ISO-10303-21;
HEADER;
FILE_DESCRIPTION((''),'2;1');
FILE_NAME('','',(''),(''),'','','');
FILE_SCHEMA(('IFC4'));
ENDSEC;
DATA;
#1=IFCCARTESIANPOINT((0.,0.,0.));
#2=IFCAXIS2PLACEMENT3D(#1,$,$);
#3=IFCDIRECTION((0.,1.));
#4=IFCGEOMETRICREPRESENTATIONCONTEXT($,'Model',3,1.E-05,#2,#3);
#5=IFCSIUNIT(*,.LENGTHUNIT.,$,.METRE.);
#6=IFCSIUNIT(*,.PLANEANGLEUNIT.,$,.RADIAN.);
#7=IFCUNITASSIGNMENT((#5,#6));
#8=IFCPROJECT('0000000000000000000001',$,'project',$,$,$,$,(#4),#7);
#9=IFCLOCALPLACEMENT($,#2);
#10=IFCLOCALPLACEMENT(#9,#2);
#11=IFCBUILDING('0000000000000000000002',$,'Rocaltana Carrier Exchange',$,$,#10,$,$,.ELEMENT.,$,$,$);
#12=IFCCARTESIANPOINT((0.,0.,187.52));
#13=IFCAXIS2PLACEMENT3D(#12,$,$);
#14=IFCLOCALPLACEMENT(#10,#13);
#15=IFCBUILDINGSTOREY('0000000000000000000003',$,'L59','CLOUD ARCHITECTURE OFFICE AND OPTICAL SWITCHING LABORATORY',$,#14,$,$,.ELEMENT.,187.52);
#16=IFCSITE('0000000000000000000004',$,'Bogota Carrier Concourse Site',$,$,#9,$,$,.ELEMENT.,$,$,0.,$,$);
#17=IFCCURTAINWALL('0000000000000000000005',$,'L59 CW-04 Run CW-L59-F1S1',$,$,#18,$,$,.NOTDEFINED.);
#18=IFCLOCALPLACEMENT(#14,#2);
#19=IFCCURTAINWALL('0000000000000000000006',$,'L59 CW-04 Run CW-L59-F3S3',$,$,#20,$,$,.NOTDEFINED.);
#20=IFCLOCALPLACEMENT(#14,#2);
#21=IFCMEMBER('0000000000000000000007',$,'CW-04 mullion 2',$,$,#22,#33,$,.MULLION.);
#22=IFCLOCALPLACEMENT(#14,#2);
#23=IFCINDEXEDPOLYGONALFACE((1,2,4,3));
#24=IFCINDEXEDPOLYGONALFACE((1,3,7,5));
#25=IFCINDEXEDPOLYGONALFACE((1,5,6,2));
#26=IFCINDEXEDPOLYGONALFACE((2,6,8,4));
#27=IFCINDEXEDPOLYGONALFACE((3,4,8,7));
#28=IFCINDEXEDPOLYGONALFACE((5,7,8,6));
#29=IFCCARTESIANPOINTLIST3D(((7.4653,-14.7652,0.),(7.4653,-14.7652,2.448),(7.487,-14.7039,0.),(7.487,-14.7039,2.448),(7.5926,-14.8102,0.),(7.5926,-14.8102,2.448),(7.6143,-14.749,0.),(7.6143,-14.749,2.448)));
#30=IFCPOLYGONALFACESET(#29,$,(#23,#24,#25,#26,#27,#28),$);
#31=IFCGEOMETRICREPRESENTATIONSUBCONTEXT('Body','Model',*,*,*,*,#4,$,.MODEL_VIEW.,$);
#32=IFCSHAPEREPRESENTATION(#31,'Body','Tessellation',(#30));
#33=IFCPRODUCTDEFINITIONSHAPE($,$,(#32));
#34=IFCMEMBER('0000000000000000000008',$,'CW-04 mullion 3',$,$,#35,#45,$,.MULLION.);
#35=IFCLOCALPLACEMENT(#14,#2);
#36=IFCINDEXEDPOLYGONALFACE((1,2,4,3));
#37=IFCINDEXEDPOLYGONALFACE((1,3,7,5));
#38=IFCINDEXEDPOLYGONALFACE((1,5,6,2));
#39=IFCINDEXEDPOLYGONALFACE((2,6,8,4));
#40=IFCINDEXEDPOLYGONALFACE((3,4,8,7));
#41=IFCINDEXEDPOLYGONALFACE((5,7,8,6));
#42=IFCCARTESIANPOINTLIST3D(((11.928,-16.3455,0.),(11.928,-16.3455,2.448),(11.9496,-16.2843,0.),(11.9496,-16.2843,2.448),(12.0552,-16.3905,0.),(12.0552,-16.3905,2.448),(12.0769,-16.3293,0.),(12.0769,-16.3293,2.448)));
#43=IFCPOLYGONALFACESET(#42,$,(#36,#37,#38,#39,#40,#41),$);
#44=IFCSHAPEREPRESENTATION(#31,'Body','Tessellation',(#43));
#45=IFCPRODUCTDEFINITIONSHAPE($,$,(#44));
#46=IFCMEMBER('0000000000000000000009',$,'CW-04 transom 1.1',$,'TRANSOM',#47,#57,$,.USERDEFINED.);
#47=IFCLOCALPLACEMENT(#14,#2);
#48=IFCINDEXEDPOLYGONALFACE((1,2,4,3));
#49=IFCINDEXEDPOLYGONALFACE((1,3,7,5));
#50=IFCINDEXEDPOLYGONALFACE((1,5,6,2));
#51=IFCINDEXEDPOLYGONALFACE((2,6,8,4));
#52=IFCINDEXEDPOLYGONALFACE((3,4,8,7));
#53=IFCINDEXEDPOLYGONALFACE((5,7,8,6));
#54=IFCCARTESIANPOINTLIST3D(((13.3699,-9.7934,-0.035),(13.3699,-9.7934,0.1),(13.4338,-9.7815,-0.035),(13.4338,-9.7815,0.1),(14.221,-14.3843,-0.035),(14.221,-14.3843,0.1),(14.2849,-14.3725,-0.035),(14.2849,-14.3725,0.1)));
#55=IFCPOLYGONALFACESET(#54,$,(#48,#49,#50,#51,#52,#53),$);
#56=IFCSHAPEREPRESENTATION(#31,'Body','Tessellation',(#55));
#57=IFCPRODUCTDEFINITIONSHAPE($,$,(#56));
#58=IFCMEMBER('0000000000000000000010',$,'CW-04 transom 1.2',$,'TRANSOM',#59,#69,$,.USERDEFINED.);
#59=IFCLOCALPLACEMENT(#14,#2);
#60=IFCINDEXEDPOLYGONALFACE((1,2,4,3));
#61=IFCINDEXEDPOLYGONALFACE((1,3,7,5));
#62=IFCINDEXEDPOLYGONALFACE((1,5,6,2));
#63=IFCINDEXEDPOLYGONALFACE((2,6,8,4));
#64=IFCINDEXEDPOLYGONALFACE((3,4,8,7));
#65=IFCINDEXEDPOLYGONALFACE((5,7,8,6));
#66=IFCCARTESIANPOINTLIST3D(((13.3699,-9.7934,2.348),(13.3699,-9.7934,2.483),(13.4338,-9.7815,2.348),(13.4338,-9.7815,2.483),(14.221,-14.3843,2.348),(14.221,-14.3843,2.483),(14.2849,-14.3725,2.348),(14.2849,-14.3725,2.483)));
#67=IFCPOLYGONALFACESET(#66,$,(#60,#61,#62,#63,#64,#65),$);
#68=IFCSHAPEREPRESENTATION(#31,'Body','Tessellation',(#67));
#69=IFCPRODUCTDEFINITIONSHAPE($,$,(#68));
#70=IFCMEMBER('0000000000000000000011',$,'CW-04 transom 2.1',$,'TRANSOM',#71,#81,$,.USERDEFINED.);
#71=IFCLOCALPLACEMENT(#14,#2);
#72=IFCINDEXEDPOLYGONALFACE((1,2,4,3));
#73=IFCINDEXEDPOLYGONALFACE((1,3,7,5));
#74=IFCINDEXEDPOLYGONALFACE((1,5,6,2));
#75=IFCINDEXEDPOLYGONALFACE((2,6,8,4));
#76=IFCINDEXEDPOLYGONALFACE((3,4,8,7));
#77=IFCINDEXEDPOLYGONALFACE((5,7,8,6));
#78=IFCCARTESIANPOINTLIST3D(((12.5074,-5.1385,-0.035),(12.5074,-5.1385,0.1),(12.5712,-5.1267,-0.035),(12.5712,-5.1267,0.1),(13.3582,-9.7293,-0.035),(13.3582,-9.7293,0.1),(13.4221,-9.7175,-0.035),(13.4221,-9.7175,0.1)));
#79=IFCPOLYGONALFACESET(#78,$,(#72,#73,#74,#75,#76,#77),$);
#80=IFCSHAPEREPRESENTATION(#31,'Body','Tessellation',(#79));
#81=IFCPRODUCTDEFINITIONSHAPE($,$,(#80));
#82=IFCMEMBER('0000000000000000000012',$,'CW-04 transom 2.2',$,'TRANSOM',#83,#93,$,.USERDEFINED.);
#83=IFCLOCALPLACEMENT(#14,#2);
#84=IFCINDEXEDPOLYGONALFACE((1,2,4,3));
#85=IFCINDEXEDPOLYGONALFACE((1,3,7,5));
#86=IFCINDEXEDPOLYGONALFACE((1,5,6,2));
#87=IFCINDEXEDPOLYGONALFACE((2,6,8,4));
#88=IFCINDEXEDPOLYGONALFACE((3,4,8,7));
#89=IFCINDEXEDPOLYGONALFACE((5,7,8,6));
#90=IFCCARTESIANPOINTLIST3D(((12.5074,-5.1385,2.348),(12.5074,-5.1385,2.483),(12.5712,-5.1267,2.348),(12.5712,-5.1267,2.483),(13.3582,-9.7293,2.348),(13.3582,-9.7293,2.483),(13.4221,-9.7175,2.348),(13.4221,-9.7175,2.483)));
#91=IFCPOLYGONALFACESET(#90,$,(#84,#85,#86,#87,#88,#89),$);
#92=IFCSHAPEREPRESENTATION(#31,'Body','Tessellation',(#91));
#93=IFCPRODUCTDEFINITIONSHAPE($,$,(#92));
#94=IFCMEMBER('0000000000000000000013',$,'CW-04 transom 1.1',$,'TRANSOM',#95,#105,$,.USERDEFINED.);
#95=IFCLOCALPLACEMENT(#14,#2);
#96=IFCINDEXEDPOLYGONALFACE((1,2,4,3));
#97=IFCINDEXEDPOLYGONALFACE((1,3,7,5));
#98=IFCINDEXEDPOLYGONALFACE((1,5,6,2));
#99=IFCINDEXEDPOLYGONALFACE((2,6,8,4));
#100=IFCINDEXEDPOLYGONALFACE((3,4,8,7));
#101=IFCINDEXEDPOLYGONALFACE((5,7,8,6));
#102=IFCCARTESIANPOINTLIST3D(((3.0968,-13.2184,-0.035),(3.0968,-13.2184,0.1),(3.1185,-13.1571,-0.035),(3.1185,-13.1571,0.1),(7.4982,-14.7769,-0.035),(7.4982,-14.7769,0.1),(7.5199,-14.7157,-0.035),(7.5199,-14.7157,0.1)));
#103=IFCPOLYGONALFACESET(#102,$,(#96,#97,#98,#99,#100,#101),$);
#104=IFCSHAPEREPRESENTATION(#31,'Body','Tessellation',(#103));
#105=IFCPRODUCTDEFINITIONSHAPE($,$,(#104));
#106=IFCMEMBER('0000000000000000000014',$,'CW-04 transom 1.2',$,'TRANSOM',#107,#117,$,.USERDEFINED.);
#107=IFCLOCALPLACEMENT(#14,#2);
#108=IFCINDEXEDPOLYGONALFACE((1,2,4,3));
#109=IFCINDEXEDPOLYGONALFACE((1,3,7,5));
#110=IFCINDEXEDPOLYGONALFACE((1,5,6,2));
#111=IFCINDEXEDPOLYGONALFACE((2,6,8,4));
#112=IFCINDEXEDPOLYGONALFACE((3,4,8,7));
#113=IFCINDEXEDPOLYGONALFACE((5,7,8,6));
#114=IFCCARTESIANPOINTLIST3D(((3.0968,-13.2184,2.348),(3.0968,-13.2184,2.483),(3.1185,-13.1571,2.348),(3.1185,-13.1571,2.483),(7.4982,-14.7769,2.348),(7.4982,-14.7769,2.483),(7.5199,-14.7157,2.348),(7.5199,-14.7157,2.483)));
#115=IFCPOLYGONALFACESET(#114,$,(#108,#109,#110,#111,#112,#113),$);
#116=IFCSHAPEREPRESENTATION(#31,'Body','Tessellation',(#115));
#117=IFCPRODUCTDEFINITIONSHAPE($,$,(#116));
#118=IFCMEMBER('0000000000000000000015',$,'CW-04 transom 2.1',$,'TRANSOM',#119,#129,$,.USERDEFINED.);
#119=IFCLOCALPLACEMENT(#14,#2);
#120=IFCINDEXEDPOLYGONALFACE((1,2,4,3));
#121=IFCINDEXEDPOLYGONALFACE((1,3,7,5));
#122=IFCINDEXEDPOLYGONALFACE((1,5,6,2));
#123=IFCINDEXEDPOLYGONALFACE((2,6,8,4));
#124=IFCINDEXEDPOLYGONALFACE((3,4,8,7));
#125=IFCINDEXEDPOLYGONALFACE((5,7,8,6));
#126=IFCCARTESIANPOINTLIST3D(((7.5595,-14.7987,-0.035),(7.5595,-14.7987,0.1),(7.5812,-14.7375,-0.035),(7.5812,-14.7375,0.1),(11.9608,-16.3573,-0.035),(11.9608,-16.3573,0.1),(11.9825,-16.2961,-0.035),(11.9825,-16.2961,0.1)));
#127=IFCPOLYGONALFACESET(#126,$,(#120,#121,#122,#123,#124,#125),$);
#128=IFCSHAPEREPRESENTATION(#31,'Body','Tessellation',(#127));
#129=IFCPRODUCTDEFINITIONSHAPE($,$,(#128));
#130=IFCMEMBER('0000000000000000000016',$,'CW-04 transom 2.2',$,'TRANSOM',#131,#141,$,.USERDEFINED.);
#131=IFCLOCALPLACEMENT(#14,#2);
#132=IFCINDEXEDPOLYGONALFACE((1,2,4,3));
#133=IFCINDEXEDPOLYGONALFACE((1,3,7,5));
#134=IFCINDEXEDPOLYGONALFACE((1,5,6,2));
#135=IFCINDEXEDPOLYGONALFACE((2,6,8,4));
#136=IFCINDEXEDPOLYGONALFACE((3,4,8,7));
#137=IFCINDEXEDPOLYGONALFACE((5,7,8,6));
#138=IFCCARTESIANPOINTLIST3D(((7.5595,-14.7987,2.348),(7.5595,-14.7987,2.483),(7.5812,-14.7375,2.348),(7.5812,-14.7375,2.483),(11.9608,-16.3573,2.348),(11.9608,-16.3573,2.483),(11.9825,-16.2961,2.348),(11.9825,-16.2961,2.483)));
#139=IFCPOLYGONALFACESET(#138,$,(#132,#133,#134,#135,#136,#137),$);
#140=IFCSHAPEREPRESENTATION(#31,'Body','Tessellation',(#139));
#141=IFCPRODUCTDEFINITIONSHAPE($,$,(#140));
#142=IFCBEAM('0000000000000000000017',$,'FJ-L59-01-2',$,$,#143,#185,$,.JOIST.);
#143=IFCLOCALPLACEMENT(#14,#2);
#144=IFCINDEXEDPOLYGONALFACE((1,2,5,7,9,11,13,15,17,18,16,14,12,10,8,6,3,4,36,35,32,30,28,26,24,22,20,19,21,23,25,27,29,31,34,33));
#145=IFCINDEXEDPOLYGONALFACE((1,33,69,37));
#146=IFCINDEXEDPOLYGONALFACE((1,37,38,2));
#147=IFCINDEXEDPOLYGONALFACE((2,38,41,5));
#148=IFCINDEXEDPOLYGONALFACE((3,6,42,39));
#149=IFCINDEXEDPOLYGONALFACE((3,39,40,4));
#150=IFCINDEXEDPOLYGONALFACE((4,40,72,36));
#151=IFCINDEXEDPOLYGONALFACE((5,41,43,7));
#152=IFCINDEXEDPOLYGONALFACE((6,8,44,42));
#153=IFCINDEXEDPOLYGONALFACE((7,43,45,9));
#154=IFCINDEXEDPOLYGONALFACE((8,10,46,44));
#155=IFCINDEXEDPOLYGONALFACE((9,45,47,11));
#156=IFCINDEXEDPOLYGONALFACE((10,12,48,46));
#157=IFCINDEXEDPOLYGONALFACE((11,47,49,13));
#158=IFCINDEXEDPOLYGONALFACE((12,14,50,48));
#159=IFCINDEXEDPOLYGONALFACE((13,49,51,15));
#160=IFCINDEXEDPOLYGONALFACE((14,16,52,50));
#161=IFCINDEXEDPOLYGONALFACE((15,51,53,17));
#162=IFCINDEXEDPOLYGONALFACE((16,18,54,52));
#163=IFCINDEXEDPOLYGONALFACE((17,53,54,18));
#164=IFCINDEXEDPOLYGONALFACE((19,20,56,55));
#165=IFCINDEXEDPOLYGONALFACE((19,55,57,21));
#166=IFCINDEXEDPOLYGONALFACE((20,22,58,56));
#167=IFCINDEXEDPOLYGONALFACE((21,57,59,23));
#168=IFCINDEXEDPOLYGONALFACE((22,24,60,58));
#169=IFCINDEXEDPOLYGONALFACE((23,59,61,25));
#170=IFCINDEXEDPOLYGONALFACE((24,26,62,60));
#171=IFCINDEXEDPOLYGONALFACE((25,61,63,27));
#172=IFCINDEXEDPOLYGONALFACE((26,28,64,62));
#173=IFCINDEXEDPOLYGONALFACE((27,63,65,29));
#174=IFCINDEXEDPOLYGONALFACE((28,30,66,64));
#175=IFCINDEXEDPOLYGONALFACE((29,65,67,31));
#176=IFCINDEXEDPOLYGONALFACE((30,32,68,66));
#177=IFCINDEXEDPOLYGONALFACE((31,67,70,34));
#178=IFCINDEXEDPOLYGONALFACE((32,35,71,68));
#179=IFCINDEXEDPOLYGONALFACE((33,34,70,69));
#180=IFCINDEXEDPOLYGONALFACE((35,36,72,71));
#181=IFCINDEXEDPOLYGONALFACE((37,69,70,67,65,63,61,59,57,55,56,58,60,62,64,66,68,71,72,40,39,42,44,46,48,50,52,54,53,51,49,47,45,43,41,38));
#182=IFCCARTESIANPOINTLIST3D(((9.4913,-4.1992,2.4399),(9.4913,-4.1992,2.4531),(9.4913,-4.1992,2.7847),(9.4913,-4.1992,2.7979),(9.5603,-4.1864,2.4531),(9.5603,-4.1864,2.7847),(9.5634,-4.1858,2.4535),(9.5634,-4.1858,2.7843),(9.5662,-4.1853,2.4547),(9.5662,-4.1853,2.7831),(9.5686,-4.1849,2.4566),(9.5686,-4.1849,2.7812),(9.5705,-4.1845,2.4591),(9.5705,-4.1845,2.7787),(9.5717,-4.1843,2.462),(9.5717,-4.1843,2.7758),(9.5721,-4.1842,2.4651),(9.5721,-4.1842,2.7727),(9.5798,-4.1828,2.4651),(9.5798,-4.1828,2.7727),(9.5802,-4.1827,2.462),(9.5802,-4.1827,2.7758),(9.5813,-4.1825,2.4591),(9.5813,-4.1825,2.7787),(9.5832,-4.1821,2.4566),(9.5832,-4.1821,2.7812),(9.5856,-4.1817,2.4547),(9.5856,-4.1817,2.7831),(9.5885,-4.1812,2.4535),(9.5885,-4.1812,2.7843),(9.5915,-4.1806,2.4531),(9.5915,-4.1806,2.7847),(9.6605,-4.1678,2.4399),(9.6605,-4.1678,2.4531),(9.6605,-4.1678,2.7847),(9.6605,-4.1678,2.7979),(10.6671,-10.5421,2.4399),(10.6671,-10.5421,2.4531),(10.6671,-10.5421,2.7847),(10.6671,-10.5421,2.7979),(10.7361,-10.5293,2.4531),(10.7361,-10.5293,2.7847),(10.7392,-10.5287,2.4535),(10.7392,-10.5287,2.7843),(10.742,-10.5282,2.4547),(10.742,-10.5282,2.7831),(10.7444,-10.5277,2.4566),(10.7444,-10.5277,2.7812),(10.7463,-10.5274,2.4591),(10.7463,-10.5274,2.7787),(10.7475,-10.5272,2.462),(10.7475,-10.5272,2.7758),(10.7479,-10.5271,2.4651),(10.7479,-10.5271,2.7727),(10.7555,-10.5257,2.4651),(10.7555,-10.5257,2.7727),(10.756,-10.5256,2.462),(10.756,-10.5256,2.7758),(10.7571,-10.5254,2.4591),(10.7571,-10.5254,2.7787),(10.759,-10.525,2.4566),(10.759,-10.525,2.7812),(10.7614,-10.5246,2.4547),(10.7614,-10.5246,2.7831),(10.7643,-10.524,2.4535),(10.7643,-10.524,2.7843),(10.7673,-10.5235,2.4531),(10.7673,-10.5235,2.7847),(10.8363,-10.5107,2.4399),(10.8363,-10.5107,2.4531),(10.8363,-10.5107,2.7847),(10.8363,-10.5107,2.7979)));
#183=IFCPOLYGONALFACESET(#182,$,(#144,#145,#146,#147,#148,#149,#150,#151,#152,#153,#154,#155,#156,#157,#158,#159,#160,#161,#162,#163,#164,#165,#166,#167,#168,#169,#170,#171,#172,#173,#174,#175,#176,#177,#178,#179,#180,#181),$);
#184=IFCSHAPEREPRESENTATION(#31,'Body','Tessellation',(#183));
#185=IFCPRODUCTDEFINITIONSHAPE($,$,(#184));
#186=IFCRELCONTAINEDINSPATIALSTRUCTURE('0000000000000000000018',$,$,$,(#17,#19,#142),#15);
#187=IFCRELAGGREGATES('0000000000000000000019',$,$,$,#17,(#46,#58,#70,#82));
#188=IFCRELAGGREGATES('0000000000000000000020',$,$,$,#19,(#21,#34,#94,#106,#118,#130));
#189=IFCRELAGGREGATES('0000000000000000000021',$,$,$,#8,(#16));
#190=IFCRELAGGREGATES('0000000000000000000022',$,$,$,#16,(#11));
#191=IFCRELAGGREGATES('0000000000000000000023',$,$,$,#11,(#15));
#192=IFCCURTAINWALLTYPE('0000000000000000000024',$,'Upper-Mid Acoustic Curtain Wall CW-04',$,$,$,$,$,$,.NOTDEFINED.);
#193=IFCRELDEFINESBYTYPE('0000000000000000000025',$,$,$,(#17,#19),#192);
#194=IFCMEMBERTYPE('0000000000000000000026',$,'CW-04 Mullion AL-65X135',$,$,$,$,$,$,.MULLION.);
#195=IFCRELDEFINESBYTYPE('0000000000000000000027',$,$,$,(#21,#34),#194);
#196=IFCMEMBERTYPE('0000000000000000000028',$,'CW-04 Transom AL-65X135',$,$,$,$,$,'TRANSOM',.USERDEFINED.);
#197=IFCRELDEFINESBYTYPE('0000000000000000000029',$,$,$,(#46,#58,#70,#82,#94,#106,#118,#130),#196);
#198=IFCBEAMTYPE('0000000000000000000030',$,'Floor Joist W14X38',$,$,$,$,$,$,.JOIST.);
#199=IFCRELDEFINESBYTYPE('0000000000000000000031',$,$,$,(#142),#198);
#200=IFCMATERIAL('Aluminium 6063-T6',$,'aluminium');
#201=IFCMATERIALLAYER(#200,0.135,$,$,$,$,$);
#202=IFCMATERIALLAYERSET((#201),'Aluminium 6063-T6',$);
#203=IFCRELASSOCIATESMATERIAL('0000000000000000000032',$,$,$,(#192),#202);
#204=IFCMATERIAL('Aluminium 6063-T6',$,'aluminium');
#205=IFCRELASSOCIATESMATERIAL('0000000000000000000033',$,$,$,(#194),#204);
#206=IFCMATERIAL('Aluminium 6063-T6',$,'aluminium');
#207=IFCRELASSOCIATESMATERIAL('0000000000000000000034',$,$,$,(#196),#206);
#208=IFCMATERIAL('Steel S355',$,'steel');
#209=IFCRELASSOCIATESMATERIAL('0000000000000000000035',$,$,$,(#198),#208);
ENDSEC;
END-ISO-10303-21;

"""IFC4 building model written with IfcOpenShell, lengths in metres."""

from ifc_helpers import new_model, si_unit, direction, frame, origin, origin_2d, place, context, subcontext, project, spatial, rectangle, i_section, extrude, material, layer, layer_set, material_profile, profile_set, type_object, element, aggregate, save


model = new_model("IFC4")

# Units and contexts
model_context = context("Model", 3, precision=1e-05, world=origin(), true_north=direction((0.0, 1.0)))
body_context = subcontext(model_context, "Body", "Model", "MODEL_VIEW")
ifc_project = project(units=[si_unit("LENGTHUNIT", "METRE"), si_unit("PLANEANGLEUNIT", "RADIAN")], contexts=[model_context])

# Site, building, storey
site_placement = place(None, origin())
site = spatial("IfcSite", under=ifc_project, at=site_placement, Name="Bogota Carrier Concourse Site", CompositionType="ELEMENT", RefElevation=0.0)
building_placement = place(site_placement, origin())
building = spatial("IfcBuilding", under=site, at=building_placement, Name="Rocaltana Carrier Exchange", CompositionType="ELEMENT")
storey_placement = place(building_placement, frame((0.0, 0.0, 187.52)))
storey = spatial("IfcBuildingStorey", under=building, at=storey_placement, Name="L59", Description="CLOUD ARCHITECTURE OFFICE AND OPTICAL SWITCHING LABORATORY", CompositionType="ELEMENT", Elevation=187.52)

# Curtain wall
ifc_material_1 = material(Name="Aluminium 6063-T6", Category="aluminium")
ifc_layer_1 = layer(ifc_material_1, 0.135)
ifc_layer_set_1 = layer_set([ifc_layer_1], Name="Aluminium 6063-T6")
curtain_wall_type = type_object("IfcCurtainWallType", Name="Upper-Mid Acoustic Curtain Wall CW-04", PredefinedType="NOTDEFINED", material=ifc_layer_set_1)
curtain_wall_1_placement = place(storey_placement, origin())
curtain_wall_1 = element("IfcCurtainWall", 1, at=curtain_wall_1_placement, inside=storey, type_object=curtain_wall_type, Name="L59 CW-04 Run CW-L59-F1S1", PredefinedType="NOTDEFINED")
ifc_material_2 = material(Name="Aluminium 6063-T6", Category="aluminium")
ifc_material_profile_1 = material_profile(ifc_material_2, rectangle(XDim=0.0649, YDim=0.135, at=origin_2d()), Name="AL-65X135")
ifc_profile_set_1 = profile_set([ifc_material_profile_1], Name="Aluminium 6063-T6")
member_type_1 = type_object("IfcMemberType", Name="CW-04 Mullion AL-65X135", PredefinedType="MULLION", material=ifc_profile_set_1)

# Curtain wall, members
curtain_wall_2_placement = place(storey_placement, origin())
curtain_wall_2 = element("IfcCurtainWall", 2, at=curtain_wall_2_placement, inside=storey, type_object=curtain_wall_type, Name="L59 CW-04 Run CW-L59-F3S3", PredefinedType="NOTDEFINED")
member_1_placement = place(storey_placement, frame((7.5398, -14.7571, 0.0), z_axis=(0.0, 0.0, 1.0), x_axis=(0.333799, 0.942644, 0.0)))
member_1 = element("IfcMember", 3, at=member_1_placement, type_object=member_type_1, Name="CW-04 mullion 2", PredefinedType="MULLION", context=body_context, shape_type="SweptSolid", body=[
    extrude(rectangle(XDim=0.0649, YDim=0.135, at=origin_2d()), origin(), (0.0, 0.0, 1.0), 2.448),
])
member_2_placement = place(storey_placement, frame((12.0024, -16.3374, 0.0), z_axis=(0.0, 0.0, 1.0), x_axis=(0.333799, 0.942644, 0.0)))
member_2 = element("IfcMember", 4, at=member_2_placement, type_object=member_type_1, Name="CW-04 mullion 3", PredefinedType="MULLION", context=body_context, shape_type="SweptSolid", body=[
    extrude(rectangle(XDim=0.0649, YDim=0.135, at=origin_2d()), origin(), (0.0, 0.0, 1.0), 2.448),
])

# Members
ifc_material_3 = material(Name="Aluminium 6063-T6", Category="aluminium")
ifc_material_profile_2 = material_profile(ifc_material_3, rectangle(XDim=0.0649, YDim=0.135, at=origin_2d()), Name="AL-65X135")
ifc_profile_set_2 = profile_set([ifc_material_profile_2], Name="Aluminium 6063-T6")
member_type_2 = type_object("IfcMemberType", Name="CW-04 Transom AL-65X135", ElementType="TRANSOM", PredefinedType="USERDEFINED", material=ifc_profile_set_2)
member_3_placement = place(storey_placement, frame((14.2529, -14.3784, 0.0325), z_axis=(-0.182271, 0.983248, 0.0), x_axis=(-0.983248, -0.182271, 0.0)))
member_3 = element("IfcMember", 5, at=member_3_placement, type_object=member_type_2, Name="CW-04 transom 1.1", ObjectType="TRANSOM", PredefinedType="USERDEFINED", context=body_context, shape_type="SweptSolid", body=[
    extrude(rectangle(XDim=0.0649, YDim=0.135, at=origin_2d()), origin(), (0.0, 0.0, 1.0), 4.6692),
])
member_4_placement = place(storey_placement, frame((14.2529, -14.3784, 2.4155), z_axis=(-0.182271, 0.983248, 0.0), x_axis=(-0.983248, -0.182271, 0.0)))
member_4 = element("IfcMember", 6, at=member_4_placement, type_object=member_type_2, Name="CW-04 transom 1.2", ObjectType="TRANSOM", PredefinedType="USERDEFINED", context=body_context, shape_type="SweptSolid", body=[
    extrude(rectangle(XDim=0.0649, YDim=0.135, at=origin_2d()), origin(), (0.0, 0.0, 1.0), 4.6692),
])
member_5_placement = place(storey_placement, frame((13.3901, -9.7234, 0.0325), z_axis=(-0.18223, 0.983256, 0.0), x_axis=(-0.983256, -0.18223, 0.0)))
member_5 = element("IfcMember", 7, at=member_5_placement, type_object=member_type_2, Name="CW-04 transom 2.1", ObjectType="TRANSOM", PredefinedType="USERDEFINED", context=body_context, shape_type="SweptSolid", body=[
    extrude(rectangle(XDim=0.0649, YDim=0.135, at=origin_2d()), origin(), (0.0, 0.0, 1.0), 4.6689),
])
member_6_placement = place(storey_placement, frame((13.3901, -9.7234, 2.4155), z_axis=(-0.18223, 0.983256, 0.0), x_axis=(-0.983256, -0.18223, 0.0)))
member_6 = element("IfcMember", 8, at=member_6_placement, type_object=member_type_2, Name="CW-04 transom 2.2", ObjectType="TRANSOM", PredefinedType="USERDEFINED", context=body_context, shape_type="SweptSolid", body=[
    extrude(rectangle(XDim=0.0649, YDim=0.135, at=origin_2d()), origin(), (0.0, 0.0, 1.0), 4.6689),
])
member_7_placement = place(storey_placement, frame((3.1077, -13.1877, 0.0325), z_axis=(0.942642, -0.333805, 0.0), x_axis=(0.333805, 0.942642, 0.0)))
member_7 = element("IfcMember", 9, at=member_7_placement, type_object=member_type_2, Name="CW-04 transom 1.1", ObjectType="TRANSOM", PredefinedType="USERDEFINED", context=body_context, shape_type="SweptSolid", body=[
    extrude(rectangle(XDim=0.0649, YDim=0.135, at=origin_2d()), origin(), (0.0, 0.0, 1.0), 4.6692),
])
member_8_placement = place(storey_placement, frame((3.1077, -13.1877, 2.4155), z_axis=(0.942642, -0.333805, 0.0), x_axis=(0.333805, 0.942642, 0.0)))
member_8 = element("IfcMember", 10, at=member_8_placement, type_object=member_type_2, Name="CW-04 transom 1.2", ObjectType="TRANSOM", PredefinedType="USERDEFINED", context=body_context, shape_type="SweptSolid", body=[
    extrude(rectangle(XDim=0.0649, YDim=0.135, at=origin_2d()), origin(), (0.0, 0.0, 1.0), 4.6692),
])
member_9_placement = place(storey_placement, frame((7.5703, -14.7681, 0.0325), z_axis=(0.942642, -0.333805, 0.0), x_axis=(0.333805, 0.942642, 0.0)))
member_9 = element("IfcMember", 11, at=member_9_placement, type_object=member_type_2, Name="CW-04 transom 2.1", ObjectType="TRANSOM", PredefinedType="USERDEFINED", context=body_context, shape_type="SweptSolid", body=[
    extrude(rectangle(XDim=0.0649, YDim=0.135, at=origin_2d()), origin(), (0.0, 0.0, 1.0), 4.6692),
])
member_10_placement = place(storey_placement, frame((7.5703, -14.7681, 2.4155), z_axis=(0.942642, -0.333805, 0.0), x_axis=(0.333805, 0.942642, 0.0)))
member_10 = element("IfcMember", 12, at=member_10_placement, type_object=member_type_2, Name="CW-04 transom 2.2", ObjectType="TRANSOM", PredefinedType="USERDEFINED", context=body_context, shape_type="SweptSolid", body=[
    extrude(rectangle(XDim=0.0649, YDim=0.135, at=origin_2d()), origin(), (0.0, 0.0, 1.0), 4.6692),
])

# Beam
ifc_material_4 = material(Name="Steel S355", Category="steel")
ifc_material_profile_3 = material_profile(ifc_material_4, i_section(OverallWidth=0.1721, OverallDepth=0.3579, WebThickness=0.0078, FlangeThickness=0.0132, FilletRadius=0.012, at=origin_2d()), Name="W14X38")
ifc_profile_set_3 = profile_set([ifc_material_profile_3], Name="Steel S355")
beam_type_1 = type_object("IfcBeamType", Name="Floor Joist W14X38", PredefinedType="JOIST", material=ifc_profile_set_3)
beam_1_placement = place(storey_placement, frame((10.7517, -10.5264, 2.6189), z_axis=(-0.182268, 0.983249, 0.0), x_axis=(-0.983249, -0.182268, 0.0)))
element("IfcBeam", 13, at=beam_1_placement, inside=storey, type_object=beam_type_1, Name="FJ-L59-01-2", PredefinedType="JOIST", context=body_context, shape_type="SweptSolid", body=[
    extrude(i_section(OverallWidth=0.1721, OverallDepth=0.3579, WebThickness=0.0078, FlangeThickness=0.0132, FilletRadius=0.012, at=origin_2d()), origin(), (0.0, 0.0, 1.0), 6.4509),
])

aggregate(curtain_wall_1, [member_3, member_4, member_5, member_6])
aggregate(curtain_wall_2, [member_1, member_2, member_7, member_8, member_9, member_10])

save(model, "model.ifc")
